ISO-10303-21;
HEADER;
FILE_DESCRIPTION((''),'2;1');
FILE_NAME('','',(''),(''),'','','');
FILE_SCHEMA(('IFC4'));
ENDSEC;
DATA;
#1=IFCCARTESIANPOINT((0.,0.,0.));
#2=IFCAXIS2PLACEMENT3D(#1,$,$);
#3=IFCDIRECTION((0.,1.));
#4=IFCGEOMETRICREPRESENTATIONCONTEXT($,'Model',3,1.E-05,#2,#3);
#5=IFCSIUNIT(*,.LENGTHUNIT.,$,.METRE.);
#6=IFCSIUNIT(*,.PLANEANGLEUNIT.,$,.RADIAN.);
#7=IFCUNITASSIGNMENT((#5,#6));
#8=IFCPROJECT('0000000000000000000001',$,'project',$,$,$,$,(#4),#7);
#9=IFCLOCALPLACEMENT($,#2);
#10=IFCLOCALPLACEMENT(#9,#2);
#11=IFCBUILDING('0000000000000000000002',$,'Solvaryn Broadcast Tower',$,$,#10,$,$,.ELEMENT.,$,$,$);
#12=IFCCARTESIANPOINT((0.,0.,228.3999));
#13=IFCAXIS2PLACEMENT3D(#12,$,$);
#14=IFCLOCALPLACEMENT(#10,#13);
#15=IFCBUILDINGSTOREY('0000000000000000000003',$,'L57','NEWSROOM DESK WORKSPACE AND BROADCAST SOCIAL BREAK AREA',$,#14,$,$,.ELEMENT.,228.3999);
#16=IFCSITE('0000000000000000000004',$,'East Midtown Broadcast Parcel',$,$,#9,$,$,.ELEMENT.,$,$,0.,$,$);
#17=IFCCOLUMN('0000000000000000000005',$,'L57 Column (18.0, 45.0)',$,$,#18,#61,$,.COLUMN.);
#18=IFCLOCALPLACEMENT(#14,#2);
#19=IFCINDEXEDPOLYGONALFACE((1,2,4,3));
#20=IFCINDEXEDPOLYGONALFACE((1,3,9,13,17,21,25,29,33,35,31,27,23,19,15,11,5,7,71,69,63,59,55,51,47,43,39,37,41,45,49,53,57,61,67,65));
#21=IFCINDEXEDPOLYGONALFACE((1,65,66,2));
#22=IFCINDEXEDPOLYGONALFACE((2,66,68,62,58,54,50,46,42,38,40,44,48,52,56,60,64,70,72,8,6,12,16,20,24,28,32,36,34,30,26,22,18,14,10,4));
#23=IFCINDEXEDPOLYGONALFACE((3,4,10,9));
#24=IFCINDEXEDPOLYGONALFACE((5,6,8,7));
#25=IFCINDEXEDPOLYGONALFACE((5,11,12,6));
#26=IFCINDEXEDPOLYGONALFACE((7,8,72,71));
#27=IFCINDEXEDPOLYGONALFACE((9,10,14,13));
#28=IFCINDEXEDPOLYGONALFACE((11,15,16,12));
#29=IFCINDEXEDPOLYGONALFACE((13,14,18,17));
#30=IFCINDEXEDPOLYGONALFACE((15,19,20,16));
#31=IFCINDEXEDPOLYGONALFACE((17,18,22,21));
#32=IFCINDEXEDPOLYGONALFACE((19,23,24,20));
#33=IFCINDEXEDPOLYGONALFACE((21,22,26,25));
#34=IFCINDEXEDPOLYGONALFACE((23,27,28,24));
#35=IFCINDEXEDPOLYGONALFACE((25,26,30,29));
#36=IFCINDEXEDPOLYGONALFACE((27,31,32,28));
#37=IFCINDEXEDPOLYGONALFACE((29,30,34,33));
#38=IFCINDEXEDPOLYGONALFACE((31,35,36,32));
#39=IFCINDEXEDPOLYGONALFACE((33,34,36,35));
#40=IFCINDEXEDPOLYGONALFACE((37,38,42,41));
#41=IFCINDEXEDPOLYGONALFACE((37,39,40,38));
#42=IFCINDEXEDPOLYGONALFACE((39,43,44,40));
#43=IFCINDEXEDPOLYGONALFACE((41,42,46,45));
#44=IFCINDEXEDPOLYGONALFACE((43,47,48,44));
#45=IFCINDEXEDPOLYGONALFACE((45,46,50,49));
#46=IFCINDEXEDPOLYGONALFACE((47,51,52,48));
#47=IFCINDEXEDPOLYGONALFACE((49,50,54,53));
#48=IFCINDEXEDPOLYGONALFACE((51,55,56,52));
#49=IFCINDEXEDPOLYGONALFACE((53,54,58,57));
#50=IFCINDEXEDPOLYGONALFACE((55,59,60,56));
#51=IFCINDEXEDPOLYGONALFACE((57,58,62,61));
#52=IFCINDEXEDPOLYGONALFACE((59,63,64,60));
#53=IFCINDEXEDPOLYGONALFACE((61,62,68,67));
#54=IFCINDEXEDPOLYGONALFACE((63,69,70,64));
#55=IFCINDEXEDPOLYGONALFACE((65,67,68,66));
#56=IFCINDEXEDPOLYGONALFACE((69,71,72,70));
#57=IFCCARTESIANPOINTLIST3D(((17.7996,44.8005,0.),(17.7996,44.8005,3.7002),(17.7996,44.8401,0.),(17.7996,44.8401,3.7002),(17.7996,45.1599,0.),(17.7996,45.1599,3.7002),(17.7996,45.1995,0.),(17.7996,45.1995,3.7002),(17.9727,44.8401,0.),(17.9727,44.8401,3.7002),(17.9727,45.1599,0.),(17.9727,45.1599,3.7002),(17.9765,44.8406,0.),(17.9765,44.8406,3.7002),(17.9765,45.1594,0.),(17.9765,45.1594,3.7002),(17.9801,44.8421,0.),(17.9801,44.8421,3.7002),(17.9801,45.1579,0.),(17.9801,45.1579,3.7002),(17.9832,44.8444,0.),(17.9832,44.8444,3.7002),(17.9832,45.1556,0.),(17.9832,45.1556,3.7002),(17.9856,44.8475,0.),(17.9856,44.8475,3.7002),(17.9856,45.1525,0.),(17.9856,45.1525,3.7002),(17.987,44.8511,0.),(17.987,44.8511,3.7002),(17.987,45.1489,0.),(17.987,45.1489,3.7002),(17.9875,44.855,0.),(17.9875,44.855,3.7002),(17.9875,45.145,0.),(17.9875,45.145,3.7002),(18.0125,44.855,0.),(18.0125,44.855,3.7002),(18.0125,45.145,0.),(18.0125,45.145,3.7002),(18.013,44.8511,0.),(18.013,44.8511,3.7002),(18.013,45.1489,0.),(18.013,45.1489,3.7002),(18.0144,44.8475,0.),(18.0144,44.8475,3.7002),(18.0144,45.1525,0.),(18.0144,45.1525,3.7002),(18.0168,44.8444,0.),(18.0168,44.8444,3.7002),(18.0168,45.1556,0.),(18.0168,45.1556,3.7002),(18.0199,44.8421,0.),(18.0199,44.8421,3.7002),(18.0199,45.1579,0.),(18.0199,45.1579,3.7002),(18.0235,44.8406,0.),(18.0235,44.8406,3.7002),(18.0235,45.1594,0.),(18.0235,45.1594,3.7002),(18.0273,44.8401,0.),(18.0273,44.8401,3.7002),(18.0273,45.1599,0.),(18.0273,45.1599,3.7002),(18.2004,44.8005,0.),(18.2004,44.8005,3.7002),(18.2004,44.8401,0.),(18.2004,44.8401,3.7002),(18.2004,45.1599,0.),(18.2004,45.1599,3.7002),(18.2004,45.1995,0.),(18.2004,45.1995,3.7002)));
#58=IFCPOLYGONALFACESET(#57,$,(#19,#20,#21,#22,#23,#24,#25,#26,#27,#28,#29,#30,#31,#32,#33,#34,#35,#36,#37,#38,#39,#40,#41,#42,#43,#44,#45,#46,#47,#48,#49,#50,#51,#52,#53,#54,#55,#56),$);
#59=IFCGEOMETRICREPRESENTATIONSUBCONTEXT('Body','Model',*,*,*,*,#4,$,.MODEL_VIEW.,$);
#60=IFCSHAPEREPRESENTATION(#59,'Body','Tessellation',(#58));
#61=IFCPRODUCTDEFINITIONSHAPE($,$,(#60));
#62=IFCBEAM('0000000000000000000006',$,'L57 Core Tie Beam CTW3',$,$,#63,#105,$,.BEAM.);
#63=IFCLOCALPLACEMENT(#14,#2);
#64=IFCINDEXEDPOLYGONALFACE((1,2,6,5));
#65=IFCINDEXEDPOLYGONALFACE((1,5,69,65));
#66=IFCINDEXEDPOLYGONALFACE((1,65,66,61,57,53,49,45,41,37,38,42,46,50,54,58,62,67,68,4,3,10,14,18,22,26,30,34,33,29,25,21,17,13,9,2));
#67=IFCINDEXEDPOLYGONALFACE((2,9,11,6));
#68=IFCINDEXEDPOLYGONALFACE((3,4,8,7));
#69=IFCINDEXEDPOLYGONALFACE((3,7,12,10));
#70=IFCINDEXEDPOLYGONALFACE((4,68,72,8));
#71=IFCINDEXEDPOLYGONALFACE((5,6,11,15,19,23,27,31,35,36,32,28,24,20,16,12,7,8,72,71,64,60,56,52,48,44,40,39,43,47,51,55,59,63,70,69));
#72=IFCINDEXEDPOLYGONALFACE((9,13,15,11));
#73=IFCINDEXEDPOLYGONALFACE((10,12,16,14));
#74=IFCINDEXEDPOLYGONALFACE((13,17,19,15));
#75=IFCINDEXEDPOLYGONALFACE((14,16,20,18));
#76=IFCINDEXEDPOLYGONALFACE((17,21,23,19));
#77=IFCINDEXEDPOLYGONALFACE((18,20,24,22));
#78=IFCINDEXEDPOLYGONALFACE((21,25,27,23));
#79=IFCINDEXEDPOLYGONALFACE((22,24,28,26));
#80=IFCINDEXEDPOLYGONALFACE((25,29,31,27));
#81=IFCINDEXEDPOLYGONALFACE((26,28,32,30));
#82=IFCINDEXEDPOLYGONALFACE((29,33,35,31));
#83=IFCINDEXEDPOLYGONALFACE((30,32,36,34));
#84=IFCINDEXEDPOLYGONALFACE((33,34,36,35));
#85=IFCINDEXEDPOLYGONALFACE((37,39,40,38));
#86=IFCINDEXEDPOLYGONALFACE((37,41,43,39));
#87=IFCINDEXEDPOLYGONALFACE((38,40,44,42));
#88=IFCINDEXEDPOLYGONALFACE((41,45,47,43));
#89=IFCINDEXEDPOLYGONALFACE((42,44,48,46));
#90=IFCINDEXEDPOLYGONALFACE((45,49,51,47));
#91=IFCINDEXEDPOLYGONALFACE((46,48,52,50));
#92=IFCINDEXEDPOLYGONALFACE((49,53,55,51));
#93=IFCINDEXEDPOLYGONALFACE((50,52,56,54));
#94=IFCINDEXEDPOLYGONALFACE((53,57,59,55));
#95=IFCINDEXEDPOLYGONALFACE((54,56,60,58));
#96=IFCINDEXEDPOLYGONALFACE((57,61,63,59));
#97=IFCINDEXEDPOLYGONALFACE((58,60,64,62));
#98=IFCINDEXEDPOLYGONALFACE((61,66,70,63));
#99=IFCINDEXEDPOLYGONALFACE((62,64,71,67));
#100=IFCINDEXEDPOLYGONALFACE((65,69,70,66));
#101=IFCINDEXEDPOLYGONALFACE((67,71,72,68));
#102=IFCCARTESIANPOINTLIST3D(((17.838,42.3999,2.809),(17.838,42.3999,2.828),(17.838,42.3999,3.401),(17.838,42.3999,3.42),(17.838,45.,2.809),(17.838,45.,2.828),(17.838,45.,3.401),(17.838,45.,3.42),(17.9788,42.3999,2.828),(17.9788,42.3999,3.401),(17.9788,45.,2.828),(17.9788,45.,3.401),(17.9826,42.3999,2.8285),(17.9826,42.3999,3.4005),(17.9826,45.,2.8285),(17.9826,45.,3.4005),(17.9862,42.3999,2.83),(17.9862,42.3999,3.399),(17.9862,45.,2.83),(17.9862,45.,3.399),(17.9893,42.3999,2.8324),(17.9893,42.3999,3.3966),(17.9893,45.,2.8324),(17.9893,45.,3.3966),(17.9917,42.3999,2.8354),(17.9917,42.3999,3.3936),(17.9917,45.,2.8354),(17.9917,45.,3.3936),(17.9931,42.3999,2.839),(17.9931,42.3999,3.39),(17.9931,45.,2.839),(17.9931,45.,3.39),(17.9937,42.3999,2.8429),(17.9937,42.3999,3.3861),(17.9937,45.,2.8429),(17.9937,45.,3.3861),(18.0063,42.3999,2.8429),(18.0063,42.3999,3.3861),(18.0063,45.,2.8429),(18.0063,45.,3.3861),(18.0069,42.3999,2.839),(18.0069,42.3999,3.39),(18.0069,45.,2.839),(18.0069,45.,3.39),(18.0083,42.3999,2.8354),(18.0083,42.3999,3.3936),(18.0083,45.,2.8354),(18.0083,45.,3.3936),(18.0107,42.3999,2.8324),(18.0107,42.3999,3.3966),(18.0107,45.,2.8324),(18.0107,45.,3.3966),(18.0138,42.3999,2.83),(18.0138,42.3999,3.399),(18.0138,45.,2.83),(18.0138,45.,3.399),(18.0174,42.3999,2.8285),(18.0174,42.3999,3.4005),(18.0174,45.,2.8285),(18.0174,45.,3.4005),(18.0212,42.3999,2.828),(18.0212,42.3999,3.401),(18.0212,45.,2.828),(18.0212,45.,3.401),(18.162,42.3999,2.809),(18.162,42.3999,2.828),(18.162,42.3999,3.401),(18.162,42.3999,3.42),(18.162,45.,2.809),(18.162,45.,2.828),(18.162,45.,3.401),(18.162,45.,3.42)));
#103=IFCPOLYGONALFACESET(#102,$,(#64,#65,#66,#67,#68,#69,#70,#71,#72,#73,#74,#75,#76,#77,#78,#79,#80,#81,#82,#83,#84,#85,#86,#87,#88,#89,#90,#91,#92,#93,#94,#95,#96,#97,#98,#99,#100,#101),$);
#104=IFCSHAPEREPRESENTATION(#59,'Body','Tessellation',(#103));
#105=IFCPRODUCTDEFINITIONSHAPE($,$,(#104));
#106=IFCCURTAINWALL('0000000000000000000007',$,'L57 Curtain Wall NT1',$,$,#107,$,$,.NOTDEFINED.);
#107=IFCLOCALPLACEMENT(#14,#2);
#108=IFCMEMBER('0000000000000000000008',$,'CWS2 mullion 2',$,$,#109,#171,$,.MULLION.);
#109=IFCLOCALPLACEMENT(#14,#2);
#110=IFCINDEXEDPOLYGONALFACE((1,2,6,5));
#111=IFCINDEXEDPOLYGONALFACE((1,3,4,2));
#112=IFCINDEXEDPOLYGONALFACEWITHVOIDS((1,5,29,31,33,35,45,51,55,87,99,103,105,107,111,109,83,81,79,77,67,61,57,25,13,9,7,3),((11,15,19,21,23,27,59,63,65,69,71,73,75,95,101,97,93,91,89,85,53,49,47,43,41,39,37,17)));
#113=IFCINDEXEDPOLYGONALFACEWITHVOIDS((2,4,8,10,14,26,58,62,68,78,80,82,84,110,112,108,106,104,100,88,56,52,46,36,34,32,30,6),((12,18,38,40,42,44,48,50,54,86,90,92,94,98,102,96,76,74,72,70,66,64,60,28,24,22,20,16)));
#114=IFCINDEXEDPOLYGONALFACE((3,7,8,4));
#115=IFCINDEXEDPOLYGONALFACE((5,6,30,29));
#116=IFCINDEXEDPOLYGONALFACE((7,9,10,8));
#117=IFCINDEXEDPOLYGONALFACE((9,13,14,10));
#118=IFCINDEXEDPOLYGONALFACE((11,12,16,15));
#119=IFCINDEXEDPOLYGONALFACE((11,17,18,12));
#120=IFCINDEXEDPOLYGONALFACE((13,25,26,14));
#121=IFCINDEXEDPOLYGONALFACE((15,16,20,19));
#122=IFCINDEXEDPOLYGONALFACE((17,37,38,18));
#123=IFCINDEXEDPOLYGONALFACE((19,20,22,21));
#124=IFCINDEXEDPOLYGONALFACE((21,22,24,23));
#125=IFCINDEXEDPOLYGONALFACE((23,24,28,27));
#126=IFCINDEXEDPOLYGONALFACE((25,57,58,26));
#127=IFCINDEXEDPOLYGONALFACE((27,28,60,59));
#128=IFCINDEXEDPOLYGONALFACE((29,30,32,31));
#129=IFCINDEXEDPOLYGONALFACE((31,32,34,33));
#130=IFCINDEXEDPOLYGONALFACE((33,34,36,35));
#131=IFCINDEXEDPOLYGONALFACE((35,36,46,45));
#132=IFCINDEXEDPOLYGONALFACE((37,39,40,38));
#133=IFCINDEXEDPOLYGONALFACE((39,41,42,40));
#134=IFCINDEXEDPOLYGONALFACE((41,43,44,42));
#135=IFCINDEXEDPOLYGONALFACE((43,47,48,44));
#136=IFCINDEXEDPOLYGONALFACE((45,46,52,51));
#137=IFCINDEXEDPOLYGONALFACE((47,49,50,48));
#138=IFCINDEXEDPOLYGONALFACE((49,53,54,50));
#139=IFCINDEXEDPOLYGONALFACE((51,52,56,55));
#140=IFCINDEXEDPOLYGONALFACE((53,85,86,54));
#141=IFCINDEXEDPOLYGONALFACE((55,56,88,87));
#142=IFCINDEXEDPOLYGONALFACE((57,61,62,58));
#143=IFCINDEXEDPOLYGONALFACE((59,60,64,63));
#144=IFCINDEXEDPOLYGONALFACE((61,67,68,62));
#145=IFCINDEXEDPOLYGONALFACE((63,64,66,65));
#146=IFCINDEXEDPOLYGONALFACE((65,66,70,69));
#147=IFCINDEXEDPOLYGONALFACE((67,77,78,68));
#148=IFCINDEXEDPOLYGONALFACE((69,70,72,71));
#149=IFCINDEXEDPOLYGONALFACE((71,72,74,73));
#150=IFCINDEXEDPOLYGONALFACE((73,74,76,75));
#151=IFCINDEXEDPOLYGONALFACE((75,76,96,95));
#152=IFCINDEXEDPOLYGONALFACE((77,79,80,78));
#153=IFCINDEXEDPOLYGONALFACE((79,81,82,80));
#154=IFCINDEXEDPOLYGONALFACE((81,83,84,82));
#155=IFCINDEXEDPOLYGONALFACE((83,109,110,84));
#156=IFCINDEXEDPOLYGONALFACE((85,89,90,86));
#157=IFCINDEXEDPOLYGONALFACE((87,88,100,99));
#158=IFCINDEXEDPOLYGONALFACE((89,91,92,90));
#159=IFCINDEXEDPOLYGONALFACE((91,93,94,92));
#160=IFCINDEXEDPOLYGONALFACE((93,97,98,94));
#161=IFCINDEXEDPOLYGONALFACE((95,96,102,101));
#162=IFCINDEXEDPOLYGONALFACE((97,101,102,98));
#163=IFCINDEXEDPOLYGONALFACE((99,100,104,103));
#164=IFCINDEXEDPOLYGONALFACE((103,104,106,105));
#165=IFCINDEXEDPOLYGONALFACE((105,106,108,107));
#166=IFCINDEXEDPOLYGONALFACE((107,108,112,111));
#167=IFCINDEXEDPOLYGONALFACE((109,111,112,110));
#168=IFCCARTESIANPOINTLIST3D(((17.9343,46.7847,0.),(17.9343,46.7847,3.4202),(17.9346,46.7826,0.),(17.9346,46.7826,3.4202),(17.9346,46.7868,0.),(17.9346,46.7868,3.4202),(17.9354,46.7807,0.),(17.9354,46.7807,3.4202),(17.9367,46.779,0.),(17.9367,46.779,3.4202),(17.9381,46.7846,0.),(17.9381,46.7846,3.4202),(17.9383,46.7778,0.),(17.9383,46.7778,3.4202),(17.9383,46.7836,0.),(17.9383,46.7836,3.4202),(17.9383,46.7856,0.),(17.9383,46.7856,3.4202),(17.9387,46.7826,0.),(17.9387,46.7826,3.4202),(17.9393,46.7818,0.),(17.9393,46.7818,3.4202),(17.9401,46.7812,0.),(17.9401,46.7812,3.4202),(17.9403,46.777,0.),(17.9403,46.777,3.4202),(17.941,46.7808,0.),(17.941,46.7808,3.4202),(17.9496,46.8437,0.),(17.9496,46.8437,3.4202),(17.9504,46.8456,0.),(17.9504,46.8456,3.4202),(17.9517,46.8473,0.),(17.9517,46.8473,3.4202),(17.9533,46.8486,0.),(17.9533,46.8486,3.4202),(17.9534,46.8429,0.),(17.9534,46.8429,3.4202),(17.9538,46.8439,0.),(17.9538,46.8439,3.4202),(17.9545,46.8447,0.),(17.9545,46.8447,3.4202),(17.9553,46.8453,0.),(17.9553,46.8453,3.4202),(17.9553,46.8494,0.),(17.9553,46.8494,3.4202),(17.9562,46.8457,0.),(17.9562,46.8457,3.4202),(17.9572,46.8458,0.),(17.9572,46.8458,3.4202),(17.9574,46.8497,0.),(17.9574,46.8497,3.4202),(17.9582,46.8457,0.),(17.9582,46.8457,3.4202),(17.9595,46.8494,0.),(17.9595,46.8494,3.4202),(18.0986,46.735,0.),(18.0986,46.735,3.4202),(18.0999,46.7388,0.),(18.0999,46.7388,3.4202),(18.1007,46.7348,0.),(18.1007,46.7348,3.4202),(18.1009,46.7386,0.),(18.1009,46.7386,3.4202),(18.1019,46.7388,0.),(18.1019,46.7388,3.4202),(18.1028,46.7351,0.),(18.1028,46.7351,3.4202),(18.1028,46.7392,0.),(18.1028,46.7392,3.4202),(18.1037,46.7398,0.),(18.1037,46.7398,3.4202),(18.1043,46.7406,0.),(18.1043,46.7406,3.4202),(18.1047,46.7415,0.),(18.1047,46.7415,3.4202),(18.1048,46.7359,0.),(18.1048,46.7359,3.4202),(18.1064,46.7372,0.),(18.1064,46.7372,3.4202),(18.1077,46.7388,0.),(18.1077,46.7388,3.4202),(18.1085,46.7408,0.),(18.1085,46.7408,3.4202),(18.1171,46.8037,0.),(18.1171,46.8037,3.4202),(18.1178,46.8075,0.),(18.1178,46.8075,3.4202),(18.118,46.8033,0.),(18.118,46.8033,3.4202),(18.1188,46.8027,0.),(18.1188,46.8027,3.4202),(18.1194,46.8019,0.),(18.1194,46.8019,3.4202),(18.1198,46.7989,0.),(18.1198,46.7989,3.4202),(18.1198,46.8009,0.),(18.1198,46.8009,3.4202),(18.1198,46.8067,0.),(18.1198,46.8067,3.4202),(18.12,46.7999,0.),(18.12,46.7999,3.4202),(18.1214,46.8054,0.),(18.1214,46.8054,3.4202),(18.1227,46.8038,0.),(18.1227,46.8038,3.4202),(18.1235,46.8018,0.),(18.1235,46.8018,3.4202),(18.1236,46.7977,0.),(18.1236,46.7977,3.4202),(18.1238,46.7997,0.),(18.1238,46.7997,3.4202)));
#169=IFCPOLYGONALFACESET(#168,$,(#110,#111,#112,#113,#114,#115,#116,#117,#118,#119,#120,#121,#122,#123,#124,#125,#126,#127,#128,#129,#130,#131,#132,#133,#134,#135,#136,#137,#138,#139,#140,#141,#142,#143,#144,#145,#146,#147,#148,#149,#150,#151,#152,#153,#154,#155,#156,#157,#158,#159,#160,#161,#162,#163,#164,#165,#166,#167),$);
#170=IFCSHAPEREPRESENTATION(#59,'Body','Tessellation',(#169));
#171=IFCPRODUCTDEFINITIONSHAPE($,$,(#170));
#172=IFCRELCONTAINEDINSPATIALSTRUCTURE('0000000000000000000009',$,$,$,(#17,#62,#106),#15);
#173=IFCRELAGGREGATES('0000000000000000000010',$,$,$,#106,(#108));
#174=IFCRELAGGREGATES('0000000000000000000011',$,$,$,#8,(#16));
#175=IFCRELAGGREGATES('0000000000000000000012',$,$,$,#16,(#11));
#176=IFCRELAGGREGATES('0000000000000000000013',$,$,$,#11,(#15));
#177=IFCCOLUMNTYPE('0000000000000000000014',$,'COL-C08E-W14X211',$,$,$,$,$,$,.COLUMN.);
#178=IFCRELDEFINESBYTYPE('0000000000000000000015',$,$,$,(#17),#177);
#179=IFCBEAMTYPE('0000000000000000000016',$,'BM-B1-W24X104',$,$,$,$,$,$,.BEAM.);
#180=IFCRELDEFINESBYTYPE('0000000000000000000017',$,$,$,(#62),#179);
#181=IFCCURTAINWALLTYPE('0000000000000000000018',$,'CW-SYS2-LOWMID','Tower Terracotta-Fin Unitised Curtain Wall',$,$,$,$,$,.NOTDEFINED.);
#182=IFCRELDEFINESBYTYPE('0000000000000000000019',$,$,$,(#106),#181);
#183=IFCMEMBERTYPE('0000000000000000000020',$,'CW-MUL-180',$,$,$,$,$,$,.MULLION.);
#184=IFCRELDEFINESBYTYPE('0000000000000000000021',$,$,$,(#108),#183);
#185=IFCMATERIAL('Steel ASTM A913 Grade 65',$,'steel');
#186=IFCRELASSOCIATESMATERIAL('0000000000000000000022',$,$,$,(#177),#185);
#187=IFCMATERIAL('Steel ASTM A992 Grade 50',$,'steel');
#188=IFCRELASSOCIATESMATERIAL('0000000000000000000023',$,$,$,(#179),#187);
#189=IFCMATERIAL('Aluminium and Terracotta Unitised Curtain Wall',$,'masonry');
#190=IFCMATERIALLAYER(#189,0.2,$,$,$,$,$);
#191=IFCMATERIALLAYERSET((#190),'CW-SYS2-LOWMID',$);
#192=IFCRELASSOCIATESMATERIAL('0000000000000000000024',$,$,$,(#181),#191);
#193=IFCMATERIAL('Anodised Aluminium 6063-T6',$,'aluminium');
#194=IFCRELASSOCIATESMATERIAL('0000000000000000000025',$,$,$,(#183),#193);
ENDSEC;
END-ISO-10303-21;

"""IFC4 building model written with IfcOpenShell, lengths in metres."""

from ifc_helpers import new_model, si_unit, direction, frame, origin, origin_2d, place, context, subcontext, project, spatial, hollow_rectangle, i_section, extrude, material, layer, layer_set, material_profile, profile_set, type_object, element, aggregate, save


model = new_model("IFC4")

# Units and contexts
model_context = context("Model", 3, precision=1e-05, world=origin(), true_north=direction((0.0, 1.0)))
body_context = subcontext(model_context, "Body", "Model", "MODEL_VIEW")
ifc_project = project(units=[si_unit("LENGTHUNIT", "METRE"), si_unit("PLANEANGLEUNIT", "RADIAN")], contexts=[model_context])

# Site, building, storey
site_placement = place(None, origin())
site = spatial("IfcSite", under=ifc_project, at=site_placement, Name="East Midtown Broadcast Parcel", CompositionType="ELEMENT", RefElevation=0.0)
building_placement = place(site_placement, origin())
building = spatial("IfcBuilding", under=site, at=building_placement, Name="Solvaryn Broadcast Tower", CompositionType="ELEMENT")
storey_placement = place(building_placement, frame((0.0, 0.0, 228.3999)))
storey = spatial("IfcBuildingStorey", under=building, at=storey_placement, Name="L57", Description="NEWSROOM DESK WORKSPACE AND BROADCAST SOCIAL BREAK AREA", CompositionType="ELEMENT", Elevation=228.3999)

# Column
ifc_material_1 = material(Name="Steel ASTM A913 Grade 65", Category="steel")
ifc_material_profile_1 = material_profile(ifc_material_1, i_section(OverallWidth=0.4009, OverallDepth=0.3989, WebThickness=0.0249, FlangeThickness=0.0396, FilletRadius=0.0149, at=origin_2d()))
ifc_profile_set_1 = profile_set([ifc_material_profile_1], Name="Steel ASTM A913 Grade 65")
column_type = type_object("IfcColumnType", Name="COL-C08E-W14X211", PredefinedType="COLUMN", material=ifc_profile_set_1)
column_placement = place(storey_placement, frame((18.0, 45.0, 0.0), z_axis=(0.0, 0.0, 1.0), x_axis=(1.0, 0.0, 0.0)))
element("IfcColumn", 1, at=column_placement, inside=storey, type_object=column_type, Name="L57 Column (18.0, 45.0)", PredefinedType="COLUMN", context=body_context, shape_type="SweptSolid", body=[
    extrude(i_section(OverallWidth=0.4009, OverallDepth=0.3989, WebThickness=0.0249, FlangeThickness=0.0396, FilletRadius=0.0149, at=origin_2d()), origin(), (0.0, 0.0, 1.0), 3.7002),
])

# Beam
ifc_material_2 = material(Name="Steel ASTM A992 Grade 50", Category="steel")
ifc_material_profile_2 = material_profile(ifc_material_2, i_section(OverallWidth=0.324, OverallDepth=0.6111, WebThickness=0.0127, FlangeThickness=0.019, FilletRadius=0.0149, at=origin_2d()))
ifc_profile_set_2 = profile_set([ifc_material_profile_2], Name="Steel ASTM A992 Grade 50")
beam_type = type_object("IfcBeamType", Name="BM-B1-W24X104", PredefinedType="BEAM", material=ifc_profile_set_2)
beam_placement = place(storey_placement, frame((18.0, 42.3999, 3.1145), z_axis=(0.0, 1.0, 0.0), x_axis=(-1.0, 0.0, 0.0)))
element("IfcBeam", 2, at=beam_placement, inside=storey, type_object=beam_type, Name="L57 Core Tie Beam CTW3", PredefinedType="BEAM", context=body_context, shape_type="SweptSolid", body=[
    extrude(i_section(OverallWidth=0.324, OverallDepth=0.6111, WebThickness=0.0127, FlangeThickness=0.019, FilletRadius=0.0149, at=origin_2d()), origin(), (0.0, 0.0, 1.0), 2.6001),
])

# Curtain wall, member
ifc_material_3 = material(Name="Aluminium and Terracotta Unitised Curtain Wall", Category="masonry")
ifc_layer_1 = layer(ifc_material_3, 0.2)
ifc_layer_set_1 = layer_set([ifc_layer_1], Name="CW-SYS2-LOWMID")
curtain_wall_type = type_object("IfcCurtainWallType", Name="CW-SYS2-LOWMID", Description="Tower Terracotta-Fin Unitised Curtain Wall", PredefinedType="NOTDEFINED", material=ifc_layer_set_1)
curtain_wall_1_placement = place(storey_placement, origin())
curtain_wall_1 = element("IfcCurtainWall", 3, at=curtain_wall_1_placement, inside=storey, type_object=curtain_wall_type, Name="L57 Curtain Wall NT1", PredefinedType="NOTDEFINED")
ifc_material_4 = material(Name="Anodised Aluminium 6063-T6", Category="aluminium")
ifc_material_profile_3 = material_profile(ifc_material_4, hollow_rectangle(XDim=0.075, YDim=0.1799, WallThickness=0.0039, InnerFilletRadius=0.0039, OuterFilletRadius=0.0081, at=origin_2d()))
ifc_profile_set_3 = profile_set([ifc_material_profile_3], Name="Anodised Aluminium 6063-T6")
member_type_1 = type_object("IfcMemberType", Name="CW-MUL-180", PredefinedType="MULLION", material=ifc_profile_set_3)
member_1_placement = place(storey_placement, frame((18.0291, 46.7922, 0.0), z_axis=(0.0, 0.0, 1.0), x_axis=(-0.255893, -0.966705, 0.0)))
member_1 = element("IfcMember", 4, at=member_1_placement, type_object=member_type_1, Name="CWS2 mullion 2", PredefinedType="MULLION", context=body_context, shape_type="SweptSolid", body=[
    extrude(hollow_rectangle(XDim=0.075, YDim=0.1799, WallThickness=0.0039, InnerFilletRadius=0.0039, OuterFilletRadius=0.0081, at=origin_2d()), origin(), (0.0, 0.0, 1.0), 3.4202),
])

aggregate(curtain_wall_1, [member_1])

save(model, "model.ifc")
